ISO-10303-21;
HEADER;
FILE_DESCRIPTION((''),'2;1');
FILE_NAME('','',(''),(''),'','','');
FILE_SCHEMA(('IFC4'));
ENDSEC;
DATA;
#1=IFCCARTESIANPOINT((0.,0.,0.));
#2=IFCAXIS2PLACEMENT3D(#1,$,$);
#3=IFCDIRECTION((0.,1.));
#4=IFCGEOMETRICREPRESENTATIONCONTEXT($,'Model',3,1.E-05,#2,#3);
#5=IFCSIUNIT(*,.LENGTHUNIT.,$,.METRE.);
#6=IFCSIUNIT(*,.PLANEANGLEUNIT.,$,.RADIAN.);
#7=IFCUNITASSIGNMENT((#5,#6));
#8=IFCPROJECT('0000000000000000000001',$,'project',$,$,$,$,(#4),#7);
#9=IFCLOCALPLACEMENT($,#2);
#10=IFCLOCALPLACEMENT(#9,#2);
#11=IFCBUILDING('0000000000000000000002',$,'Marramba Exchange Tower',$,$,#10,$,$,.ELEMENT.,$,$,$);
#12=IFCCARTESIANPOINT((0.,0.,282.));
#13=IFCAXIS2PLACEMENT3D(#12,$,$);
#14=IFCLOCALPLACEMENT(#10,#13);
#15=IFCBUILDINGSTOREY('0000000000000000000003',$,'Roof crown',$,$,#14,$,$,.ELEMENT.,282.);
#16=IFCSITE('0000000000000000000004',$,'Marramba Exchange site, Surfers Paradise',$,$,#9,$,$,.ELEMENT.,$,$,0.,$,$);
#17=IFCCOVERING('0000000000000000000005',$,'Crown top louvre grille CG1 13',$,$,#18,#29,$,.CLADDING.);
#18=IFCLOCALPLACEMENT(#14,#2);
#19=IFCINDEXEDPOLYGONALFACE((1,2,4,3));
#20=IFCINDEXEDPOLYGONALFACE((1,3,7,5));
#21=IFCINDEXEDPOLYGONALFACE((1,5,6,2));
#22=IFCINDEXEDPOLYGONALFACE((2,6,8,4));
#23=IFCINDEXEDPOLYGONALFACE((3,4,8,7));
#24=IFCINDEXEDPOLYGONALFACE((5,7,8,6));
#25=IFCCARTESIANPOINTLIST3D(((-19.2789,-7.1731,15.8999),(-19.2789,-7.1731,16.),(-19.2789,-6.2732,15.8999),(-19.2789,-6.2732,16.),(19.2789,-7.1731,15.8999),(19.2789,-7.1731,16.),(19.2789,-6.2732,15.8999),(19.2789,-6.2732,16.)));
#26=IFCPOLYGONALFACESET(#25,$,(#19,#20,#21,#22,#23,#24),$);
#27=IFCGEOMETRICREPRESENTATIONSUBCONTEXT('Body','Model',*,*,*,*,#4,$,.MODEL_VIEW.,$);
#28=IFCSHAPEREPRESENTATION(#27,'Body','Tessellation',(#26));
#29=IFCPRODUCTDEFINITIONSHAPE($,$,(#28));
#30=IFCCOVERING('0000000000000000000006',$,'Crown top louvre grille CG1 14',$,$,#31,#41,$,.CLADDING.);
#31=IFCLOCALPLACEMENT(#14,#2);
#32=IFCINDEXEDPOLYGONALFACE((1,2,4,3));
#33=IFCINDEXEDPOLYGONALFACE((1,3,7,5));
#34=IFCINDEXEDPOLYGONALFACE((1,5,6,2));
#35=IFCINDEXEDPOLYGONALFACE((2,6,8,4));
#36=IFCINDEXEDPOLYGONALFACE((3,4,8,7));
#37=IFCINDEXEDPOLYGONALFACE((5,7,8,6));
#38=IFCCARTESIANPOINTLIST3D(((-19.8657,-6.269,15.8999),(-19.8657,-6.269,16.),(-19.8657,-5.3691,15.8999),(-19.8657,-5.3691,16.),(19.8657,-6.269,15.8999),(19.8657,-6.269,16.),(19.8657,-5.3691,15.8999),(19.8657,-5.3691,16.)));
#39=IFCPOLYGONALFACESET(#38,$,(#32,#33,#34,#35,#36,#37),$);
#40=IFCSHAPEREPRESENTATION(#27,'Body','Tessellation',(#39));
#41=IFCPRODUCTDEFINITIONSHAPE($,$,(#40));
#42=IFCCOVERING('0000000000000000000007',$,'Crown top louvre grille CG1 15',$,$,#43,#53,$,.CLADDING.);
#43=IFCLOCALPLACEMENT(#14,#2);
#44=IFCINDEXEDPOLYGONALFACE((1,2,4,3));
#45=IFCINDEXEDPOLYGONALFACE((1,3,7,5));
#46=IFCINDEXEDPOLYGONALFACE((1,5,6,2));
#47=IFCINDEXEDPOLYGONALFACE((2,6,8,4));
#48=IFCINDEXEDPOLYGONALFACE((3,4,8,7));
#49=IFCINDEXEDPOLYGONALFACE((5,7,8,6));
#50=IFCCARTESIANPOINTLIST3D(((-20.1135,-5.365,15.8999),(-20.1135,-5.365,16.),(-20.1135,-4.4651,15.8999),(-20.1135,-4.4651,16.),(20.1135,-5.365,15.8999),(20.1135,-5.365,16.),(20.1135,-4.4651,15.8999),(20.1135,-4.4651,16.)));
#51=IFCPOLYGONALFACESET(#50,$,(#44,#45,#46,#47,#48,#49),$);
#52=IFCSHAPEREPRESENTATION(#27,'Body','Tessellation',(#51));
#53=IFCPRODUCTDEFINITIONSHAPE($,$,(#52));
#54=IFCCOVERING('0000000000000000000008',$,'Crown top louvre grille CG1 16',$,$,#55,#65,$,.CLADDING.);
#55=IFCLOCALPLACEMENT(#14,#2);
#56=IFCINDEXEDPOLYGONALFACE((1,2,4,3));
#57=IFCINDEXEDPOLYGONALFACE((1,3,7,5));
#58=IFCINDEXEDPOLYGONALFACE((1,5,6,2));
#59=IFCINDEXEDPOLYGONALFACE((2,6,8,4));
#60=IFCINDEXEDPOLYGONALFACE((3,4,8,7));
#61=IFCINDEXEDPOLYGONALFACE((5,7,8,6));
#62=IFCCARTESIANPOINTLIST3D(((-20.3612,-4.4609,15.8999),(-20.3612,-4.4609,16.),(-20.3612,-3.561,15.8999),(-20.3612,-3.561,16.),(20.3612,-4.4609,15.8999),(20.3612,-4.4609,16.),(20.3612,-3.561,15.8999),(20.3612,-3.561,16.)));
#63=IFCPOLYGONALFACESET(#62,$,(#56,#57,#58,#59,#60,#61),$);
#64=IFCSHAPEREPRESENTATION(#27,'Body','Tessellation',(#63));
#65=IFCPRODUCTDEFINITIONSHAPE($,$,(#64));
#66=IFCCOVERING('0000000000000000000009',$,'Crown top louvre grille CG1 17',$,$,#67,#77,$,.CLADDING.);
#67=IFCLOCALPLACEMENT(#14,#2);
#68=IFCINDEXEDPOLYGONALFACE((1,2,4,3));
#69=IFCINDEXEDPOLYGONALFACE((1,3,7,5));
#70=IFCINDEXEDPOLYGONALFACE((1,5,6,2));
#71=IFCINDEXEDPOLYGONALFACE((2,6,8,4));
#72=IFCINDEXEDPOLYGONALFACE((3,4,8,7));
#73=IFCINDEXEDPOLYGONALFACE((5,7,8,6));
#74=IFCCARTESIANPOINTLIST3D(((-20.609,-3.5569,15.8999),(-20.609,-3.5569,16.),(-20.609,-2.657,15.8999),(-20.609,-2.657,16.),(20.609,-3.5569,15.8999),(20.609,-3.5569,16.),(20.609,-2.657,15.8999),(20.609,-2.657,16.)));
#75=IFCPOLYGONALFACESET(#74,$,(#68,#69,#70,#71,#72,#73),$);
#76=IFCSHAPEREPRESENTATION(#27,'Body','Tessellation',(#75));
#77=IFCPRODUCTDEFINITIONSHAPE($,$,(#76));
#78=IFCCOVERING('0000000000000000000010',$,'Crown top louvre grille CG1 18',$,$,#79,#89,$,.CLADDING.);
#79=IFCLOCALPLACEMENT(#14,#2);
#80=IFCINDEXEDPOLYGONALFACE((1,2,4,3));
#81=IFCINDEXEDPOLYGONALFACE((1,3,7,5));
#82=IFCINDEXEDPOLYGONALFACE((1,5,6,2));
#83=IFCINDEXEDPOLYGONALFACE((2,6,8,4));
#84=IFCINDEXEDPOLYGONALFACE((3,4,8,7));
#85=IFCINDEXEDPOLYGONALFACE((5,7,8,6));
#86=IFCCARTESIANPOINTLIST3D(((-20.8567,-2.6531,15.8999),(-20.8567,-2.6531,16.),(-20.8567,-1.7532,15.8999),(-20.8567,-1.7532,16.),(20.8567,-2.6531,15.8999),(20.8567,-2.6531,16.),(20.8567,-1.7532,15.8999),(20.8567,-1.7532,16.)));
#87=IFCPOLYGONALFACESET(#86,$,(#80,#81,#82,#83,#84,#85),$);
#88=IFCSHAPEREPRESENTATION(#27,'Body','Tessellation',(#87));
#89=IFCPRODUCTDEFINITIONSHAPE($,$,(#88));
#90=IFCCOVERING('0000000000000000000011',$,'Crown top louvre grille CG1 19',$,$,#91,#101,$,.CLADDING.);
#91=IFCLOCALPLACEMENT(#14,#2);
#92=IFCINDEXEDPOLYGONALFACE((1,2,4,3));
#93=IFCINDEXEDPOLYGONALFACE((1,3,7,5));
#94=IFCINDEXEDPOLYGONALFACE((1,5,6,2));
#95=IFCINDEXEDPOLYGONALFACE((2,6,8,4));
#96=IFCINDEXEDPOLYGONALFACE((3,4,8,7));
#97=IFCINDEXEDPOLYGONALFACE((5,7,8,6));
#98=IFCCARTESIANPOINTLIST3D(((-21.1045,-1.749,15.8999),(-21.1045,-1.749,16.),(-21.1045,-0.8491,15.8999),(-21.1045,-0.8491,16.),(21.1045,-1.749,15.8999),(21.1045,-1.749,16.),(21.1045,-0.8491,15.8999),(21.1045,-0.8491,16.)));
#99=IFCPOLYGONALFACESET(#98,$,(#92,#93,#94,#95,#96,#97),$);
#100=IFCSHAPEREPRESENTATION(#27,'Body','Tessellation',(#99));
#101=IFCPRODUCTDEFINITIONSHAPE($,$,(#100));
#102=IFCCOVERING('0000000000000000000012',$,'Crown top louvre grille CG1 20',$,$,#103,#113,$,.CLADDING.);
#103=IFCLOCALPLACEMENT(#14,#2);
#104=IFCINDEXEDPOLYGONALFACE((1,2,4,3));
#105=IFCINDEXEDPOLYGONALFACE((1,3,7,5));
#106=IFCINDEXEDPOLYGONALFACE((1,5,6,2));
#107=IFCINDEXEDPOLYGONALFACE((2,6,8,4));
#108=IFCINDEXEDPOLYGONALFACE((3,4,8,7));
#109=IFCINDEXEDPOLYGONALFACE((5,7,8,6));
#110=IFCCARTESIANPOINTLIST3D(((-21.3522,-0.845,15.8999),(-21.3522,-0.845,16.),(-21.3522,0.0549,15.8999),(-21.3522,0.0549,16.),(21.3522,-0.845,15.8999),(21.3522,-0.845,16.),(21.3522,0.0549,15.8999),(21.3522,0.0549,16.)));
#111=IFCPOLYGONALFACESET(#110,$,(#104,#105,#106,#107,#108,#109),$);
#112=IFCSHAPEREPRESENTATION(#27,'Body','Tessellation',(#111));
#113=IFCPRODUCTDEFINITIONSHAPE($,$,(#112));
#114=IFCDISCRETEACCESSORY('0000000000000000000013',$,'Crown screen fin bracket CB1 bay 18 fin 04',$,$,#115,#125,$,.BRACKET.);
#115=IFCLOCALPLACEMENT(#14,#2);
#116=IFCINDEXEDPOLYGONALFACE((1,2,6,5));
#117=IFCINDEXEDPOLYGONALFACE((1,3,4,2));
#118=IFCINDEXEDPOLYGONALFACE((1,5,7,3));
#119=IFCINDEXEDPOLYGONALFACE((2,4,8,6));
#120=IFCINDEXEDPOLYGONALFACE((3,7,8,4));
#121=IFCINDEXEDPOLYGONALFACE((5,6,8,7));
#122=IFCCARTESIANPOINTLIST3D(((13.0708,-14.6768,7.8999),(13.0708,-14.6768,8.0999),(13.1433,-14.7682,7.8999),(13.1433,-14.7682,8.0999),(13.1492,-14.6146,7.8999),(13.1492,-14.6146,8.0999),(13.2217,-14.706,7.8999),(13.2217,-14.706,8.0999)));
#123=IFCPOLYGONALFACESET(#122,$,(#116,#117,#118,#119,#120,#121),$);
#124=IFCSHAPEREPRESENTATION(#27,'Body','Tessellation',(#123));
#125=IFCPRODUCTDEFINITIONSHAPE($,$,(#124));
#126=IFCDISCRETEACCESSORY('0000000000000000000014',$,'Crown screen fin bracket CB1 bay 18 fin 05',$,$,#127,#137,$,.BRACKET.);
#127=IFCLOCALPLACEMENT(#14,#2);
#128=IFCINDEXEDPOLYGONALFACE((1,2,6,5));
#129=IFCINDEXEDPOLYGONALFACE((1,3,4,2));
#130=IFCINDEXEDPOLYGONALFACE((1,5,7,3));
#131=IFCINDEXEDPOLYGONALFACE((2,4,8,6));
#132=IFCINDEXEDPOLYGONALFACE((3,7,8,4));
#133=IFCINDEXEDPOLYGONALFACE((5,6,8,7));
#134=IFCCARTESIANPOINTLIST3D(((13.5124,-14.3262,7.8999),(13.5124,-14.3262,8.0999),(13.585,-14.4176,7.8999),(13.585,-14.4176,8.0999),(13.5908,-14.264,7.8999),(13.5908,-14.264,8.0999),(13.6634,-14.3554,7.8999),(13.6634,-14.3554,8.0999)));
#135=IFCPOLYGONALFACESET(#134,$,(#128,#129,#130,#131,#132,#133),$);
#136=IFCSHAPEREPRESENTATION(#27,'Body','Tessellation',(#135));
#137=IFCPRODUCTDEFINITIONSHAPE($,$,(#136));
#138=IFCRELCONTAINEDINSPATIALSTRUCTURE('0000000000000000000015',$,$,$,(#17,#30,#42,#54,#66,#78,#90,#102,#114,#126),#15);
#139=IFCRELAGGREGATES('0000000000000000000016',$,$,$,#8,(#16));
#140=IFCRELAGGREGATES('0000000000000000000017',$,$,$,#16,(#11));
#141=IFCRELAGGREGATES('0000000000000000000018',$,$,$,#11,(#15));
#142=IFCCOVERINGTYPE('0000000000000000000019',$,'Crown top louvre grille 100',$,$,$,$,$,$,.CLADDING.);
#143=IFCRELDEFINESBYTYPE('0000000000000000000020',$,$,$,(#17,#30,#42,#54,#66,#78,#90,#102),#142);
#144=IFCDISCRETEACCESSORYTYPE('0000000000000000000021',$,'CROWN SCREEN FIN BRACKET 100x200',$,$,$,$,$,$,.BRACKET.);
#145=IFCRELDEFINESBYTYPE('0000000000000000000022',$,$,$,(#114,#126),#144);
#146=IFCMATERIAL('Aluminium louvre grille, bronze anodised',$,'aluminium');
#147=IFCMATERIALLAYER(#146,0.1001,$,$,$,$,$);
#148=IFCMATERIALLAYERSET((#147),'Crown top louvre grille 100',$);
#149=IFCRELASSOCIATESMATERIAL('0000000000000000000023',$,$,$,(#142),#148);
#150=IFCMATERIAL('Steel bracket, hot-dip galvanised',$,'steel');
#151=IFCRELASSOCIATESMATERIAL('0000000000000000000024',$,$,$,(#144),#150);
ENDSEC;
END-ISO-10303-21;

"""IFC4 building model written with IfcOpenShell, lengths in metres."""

from ifc_helpers import new_model, si_unit, direction, frame, origin, origin_2d, place, context, subcontext, project, spatial, rectangle, extrude, material, layer, layer_set, type_object, element, save


model = new_model("IFC4")

# Units and contexts
model_context = context("Model", 3, precision=1e-05, world=origin(), true_north=direction((0.0, 1.0)))
body_context = subcontext(model_context, "Body", "Model", "MODEL_VIEW")
ifc_project = project(units=[si_unit("LENGTHUNIT", "METRE"), si_unit("PLANEANGLEUNIT", "RADIAN")], contexts=[model_context])

# Site, building, storey
site_placement = place(None, origin())
site = spatial("IfcSite", under=ifc_project, at=site_placement, Name="Marramba Exchange site, Surfers Paradise", CompositionType="ELEMENT", RefElevation=0.0)
building_placement = place(site_placement, origin())
building = spatial("IfcBuilding", under=site, at=building_placement, Name="Marramba Exchange Tower", CompositionType="ELEMENT")
storey_placement = place(building_placement, frame((0.0, 0.0, 282.0)))
storey = spatial("IfcBuildingStorey", under=building, at=storey_placement, Name="Roof crown", CompositionType="ELEMENT", Elevation=282.0)

# Coverings
ifc_material_1 = material(Name="Aluminium louvre grille, bronze anodised", Category="aluminium")
ifc_layer_1 = layer(ifc_material_1, 0.1001)
ifc_layer_set_1 = layer_set([ifc_layer_1], Name="Crown top louvre grille 100")
covering_type_1 = type_object("IfcCoveringType", Name="Crown top louvre grille 100", PredefinedType="CLADDING", material=ifc_layer_set_1)
covering_1_placement = place(storey_placement, frame((0.0, -6.7231, 15.8999), z_axis=(0.0, 0.0, 1.0), x_axis=(1.0, 0.0, 0.0)))
element("IfcCovering", 1, at=covering_1_placement, inside=storey, type_object=covering_type_1, Name="Crown top louvre grille CG1 13", PredefinedType="CLADDING", context=body_context, shape_type="SweptSolid", body=[
    extrude(rectangle(XDim=38.5579, YDim=0.8999, at=origin_2d()), origin(), (0.0, 0.0, 1.0), 0.1001),
])
covering_2_placement = place(storey_placement, frame((0.0, -5.8191, 15.8999), z_axis=(0.0, 0.0, 1.0), x_axis=(1.0, 0.0, 0.0)))
element("IfcCovering", 2, at=covering_2_placement, inside=storey, type_object=covering_type_1, Name="Crown top louvre grille CG1 14", PredefinedType="CLADDING", context=body_context, shape_type="SweptSolid", body=[
    extrude(rectangle(XDim=39.7314, YDim=0.8999, at=origin_2d()), origin(), (0.0, 0.0, 1.0), 0.1001),
])
covering_3_placement = place(storey_placement, frame((0.0, -4.915, 15.8999), z_axis=(0.0, 0.0, 1.0), x_axis=(1.0, 0.0, 0.0)))
element("IfcCovering", 3, at=covering_3_placement, inside=storey, type_object=covering_type_1, Name="Crown top louvre grille CG1 15", PredefinedType="CLADDING", context=body_context, shape_type="SweptSolid", body=[
    extrude(rectangle(XDim=40.2271, YDim=0.8999, at=origin_2d()), origin(), (0.0, 0.0, 1.0), 0.1001),
])
covering_4_placement = place(storey_placement, frame((0.0, -4.011, 15.8999), z_axis=(0.0, 0.0, 1.0), x_axis=(1.0, 0.0, 0.0)))
element("IfcCovering", 4, at=covering_4_placement, inside=storey, type_object=covering_type_1, Name="Crown top louvre grille CG1 16", PredefinedType="CLADDING", context=body_context, shape_type="SweptSolid", body=[
    extrude(rectangle(XDim=40.7224, YDim=0.8999, at=origin_2d()), origin(), (0.0, 0.0, 1.0), 0.1001),
])
covering_5_placement = place(storey_placement, frame((0.0, -3.1069, 15.8999), z_axis=(0.0, 0.0, 1.0), x_axis=(1.0, 0.0, 0.0)))
element("IfcCovering", 5, at=covering_5_placement, inside=storey, type_object=covering_type_1, Name="Crown top louvre grille CG1 17", PredefinedType="CLADDING", context=body_context, shape_type="SweptSolid", body=[
    extrude(rectangle(XDim=41.218, YDim=0.8999, at=origin_2d()), origin(), (0.0, 0.0, 1.0), 0.1001),
])
covering_6_placement = place(storey_placement, frame((0.0, -2.2031, 15.8999), z_axis=(0.0, 0.0, 1.0), x_axis=(1.0, 0.0, 0.0)))
element("IfcCovering", 6, at=covering_6_placement, inside=storey, type_object=covering_type_1, Name="Crown top louvre grille CG1 18", PredefinedType="CLADDING", context=body_context, shape_type="SweptSolid", body=[
    extrude(rectangle(XDim=41.7134, YDim=0.8999, at=origin_2d()), origin(), (0.0, 0.0, 1.0), 0.1001),
])
covering_7_placement = place(storey_placement, frame((0.0, -1.2991, 15.8999), z_axis=(0.0, 0.0, 1.0), x_axis=(1.0, 0.0, 0.0)))
element("IfcCovering", 7, at=covering_7_placement, inside=storey, type_object=covering_type_1, Name="Crown top louvre grille CG1 19", PredefinedType="CLADDING", context=body_context, shape_type="SweptSolid", body=[
    extrude(rectangle(XDim=42.209, YDim=0.8999, at=origin_2d()), origin(), (0.0, 0.0, 1.0), 0.1001),
])
covering_8_placement = place(storey_placement, frame((0.0, -0.395, 15.8999), z_axis=(0.0, 0.0, 1.0), x_axis=(1.0, 0.0, 0.0)))
element("IfcCovering", 8, at=covering_8_placement, inside=storey, type_object=covering_type_1, Name="Crown top louvre grille CG1 20", PredefinedType="CLADDING", context=body_context, shape_type="SweptSolid", body=[
    extrude(rectangle(XDim=42.7043, YDim=0.8999, at=origin_2d()), origin(), (0.0, 0.0, 1.0), 0.1001),
])

# Discrete accessories
ifc_material_2 = material(Name="Steel bracket, hot-dip galvanised", Category="steel")
discrete_accessory_type = type_object("IfcDiscreteAccessoryType", Name="CROWN SCREEN FIN BRACKET 100x200", PredefinedType="BRACKET", material=ifc_material_2)
for number, where, z_axis, x_axis, name in (
    (9, (13.1462, -14.6914, 7.8999), (0.0, 0.0, 1.0), (0.78314, 0.621845, 0.0), "Crown screen fin bracket CB1 bay 18 fin 04"),
    (10, (13.5879, -14.3408, 7.8999), (0.0, 0.0, 1.0), (0.78314, 0.621845, 0.0), "Crown screen fin bracket CB1 bay 18 fin 05"),
):
    element("IfcDiscreteAccessory", number, at=place(storey_placement, frame(where, z_axis=z_axis, x_axis=x_axis)), inside=storey, type_object=discrete_accessory_type, Name=name, PredefinedType="BRACKET", context=body_context, shape_type="SweptSolid", body=[
        extrude(rectangle(XDim=0.1001, YDim=0.1167, at=origin_2d()), origin(), (0.0, 0.0, 1.0), 0.2),
    ])

save(model, "model.ifc")
